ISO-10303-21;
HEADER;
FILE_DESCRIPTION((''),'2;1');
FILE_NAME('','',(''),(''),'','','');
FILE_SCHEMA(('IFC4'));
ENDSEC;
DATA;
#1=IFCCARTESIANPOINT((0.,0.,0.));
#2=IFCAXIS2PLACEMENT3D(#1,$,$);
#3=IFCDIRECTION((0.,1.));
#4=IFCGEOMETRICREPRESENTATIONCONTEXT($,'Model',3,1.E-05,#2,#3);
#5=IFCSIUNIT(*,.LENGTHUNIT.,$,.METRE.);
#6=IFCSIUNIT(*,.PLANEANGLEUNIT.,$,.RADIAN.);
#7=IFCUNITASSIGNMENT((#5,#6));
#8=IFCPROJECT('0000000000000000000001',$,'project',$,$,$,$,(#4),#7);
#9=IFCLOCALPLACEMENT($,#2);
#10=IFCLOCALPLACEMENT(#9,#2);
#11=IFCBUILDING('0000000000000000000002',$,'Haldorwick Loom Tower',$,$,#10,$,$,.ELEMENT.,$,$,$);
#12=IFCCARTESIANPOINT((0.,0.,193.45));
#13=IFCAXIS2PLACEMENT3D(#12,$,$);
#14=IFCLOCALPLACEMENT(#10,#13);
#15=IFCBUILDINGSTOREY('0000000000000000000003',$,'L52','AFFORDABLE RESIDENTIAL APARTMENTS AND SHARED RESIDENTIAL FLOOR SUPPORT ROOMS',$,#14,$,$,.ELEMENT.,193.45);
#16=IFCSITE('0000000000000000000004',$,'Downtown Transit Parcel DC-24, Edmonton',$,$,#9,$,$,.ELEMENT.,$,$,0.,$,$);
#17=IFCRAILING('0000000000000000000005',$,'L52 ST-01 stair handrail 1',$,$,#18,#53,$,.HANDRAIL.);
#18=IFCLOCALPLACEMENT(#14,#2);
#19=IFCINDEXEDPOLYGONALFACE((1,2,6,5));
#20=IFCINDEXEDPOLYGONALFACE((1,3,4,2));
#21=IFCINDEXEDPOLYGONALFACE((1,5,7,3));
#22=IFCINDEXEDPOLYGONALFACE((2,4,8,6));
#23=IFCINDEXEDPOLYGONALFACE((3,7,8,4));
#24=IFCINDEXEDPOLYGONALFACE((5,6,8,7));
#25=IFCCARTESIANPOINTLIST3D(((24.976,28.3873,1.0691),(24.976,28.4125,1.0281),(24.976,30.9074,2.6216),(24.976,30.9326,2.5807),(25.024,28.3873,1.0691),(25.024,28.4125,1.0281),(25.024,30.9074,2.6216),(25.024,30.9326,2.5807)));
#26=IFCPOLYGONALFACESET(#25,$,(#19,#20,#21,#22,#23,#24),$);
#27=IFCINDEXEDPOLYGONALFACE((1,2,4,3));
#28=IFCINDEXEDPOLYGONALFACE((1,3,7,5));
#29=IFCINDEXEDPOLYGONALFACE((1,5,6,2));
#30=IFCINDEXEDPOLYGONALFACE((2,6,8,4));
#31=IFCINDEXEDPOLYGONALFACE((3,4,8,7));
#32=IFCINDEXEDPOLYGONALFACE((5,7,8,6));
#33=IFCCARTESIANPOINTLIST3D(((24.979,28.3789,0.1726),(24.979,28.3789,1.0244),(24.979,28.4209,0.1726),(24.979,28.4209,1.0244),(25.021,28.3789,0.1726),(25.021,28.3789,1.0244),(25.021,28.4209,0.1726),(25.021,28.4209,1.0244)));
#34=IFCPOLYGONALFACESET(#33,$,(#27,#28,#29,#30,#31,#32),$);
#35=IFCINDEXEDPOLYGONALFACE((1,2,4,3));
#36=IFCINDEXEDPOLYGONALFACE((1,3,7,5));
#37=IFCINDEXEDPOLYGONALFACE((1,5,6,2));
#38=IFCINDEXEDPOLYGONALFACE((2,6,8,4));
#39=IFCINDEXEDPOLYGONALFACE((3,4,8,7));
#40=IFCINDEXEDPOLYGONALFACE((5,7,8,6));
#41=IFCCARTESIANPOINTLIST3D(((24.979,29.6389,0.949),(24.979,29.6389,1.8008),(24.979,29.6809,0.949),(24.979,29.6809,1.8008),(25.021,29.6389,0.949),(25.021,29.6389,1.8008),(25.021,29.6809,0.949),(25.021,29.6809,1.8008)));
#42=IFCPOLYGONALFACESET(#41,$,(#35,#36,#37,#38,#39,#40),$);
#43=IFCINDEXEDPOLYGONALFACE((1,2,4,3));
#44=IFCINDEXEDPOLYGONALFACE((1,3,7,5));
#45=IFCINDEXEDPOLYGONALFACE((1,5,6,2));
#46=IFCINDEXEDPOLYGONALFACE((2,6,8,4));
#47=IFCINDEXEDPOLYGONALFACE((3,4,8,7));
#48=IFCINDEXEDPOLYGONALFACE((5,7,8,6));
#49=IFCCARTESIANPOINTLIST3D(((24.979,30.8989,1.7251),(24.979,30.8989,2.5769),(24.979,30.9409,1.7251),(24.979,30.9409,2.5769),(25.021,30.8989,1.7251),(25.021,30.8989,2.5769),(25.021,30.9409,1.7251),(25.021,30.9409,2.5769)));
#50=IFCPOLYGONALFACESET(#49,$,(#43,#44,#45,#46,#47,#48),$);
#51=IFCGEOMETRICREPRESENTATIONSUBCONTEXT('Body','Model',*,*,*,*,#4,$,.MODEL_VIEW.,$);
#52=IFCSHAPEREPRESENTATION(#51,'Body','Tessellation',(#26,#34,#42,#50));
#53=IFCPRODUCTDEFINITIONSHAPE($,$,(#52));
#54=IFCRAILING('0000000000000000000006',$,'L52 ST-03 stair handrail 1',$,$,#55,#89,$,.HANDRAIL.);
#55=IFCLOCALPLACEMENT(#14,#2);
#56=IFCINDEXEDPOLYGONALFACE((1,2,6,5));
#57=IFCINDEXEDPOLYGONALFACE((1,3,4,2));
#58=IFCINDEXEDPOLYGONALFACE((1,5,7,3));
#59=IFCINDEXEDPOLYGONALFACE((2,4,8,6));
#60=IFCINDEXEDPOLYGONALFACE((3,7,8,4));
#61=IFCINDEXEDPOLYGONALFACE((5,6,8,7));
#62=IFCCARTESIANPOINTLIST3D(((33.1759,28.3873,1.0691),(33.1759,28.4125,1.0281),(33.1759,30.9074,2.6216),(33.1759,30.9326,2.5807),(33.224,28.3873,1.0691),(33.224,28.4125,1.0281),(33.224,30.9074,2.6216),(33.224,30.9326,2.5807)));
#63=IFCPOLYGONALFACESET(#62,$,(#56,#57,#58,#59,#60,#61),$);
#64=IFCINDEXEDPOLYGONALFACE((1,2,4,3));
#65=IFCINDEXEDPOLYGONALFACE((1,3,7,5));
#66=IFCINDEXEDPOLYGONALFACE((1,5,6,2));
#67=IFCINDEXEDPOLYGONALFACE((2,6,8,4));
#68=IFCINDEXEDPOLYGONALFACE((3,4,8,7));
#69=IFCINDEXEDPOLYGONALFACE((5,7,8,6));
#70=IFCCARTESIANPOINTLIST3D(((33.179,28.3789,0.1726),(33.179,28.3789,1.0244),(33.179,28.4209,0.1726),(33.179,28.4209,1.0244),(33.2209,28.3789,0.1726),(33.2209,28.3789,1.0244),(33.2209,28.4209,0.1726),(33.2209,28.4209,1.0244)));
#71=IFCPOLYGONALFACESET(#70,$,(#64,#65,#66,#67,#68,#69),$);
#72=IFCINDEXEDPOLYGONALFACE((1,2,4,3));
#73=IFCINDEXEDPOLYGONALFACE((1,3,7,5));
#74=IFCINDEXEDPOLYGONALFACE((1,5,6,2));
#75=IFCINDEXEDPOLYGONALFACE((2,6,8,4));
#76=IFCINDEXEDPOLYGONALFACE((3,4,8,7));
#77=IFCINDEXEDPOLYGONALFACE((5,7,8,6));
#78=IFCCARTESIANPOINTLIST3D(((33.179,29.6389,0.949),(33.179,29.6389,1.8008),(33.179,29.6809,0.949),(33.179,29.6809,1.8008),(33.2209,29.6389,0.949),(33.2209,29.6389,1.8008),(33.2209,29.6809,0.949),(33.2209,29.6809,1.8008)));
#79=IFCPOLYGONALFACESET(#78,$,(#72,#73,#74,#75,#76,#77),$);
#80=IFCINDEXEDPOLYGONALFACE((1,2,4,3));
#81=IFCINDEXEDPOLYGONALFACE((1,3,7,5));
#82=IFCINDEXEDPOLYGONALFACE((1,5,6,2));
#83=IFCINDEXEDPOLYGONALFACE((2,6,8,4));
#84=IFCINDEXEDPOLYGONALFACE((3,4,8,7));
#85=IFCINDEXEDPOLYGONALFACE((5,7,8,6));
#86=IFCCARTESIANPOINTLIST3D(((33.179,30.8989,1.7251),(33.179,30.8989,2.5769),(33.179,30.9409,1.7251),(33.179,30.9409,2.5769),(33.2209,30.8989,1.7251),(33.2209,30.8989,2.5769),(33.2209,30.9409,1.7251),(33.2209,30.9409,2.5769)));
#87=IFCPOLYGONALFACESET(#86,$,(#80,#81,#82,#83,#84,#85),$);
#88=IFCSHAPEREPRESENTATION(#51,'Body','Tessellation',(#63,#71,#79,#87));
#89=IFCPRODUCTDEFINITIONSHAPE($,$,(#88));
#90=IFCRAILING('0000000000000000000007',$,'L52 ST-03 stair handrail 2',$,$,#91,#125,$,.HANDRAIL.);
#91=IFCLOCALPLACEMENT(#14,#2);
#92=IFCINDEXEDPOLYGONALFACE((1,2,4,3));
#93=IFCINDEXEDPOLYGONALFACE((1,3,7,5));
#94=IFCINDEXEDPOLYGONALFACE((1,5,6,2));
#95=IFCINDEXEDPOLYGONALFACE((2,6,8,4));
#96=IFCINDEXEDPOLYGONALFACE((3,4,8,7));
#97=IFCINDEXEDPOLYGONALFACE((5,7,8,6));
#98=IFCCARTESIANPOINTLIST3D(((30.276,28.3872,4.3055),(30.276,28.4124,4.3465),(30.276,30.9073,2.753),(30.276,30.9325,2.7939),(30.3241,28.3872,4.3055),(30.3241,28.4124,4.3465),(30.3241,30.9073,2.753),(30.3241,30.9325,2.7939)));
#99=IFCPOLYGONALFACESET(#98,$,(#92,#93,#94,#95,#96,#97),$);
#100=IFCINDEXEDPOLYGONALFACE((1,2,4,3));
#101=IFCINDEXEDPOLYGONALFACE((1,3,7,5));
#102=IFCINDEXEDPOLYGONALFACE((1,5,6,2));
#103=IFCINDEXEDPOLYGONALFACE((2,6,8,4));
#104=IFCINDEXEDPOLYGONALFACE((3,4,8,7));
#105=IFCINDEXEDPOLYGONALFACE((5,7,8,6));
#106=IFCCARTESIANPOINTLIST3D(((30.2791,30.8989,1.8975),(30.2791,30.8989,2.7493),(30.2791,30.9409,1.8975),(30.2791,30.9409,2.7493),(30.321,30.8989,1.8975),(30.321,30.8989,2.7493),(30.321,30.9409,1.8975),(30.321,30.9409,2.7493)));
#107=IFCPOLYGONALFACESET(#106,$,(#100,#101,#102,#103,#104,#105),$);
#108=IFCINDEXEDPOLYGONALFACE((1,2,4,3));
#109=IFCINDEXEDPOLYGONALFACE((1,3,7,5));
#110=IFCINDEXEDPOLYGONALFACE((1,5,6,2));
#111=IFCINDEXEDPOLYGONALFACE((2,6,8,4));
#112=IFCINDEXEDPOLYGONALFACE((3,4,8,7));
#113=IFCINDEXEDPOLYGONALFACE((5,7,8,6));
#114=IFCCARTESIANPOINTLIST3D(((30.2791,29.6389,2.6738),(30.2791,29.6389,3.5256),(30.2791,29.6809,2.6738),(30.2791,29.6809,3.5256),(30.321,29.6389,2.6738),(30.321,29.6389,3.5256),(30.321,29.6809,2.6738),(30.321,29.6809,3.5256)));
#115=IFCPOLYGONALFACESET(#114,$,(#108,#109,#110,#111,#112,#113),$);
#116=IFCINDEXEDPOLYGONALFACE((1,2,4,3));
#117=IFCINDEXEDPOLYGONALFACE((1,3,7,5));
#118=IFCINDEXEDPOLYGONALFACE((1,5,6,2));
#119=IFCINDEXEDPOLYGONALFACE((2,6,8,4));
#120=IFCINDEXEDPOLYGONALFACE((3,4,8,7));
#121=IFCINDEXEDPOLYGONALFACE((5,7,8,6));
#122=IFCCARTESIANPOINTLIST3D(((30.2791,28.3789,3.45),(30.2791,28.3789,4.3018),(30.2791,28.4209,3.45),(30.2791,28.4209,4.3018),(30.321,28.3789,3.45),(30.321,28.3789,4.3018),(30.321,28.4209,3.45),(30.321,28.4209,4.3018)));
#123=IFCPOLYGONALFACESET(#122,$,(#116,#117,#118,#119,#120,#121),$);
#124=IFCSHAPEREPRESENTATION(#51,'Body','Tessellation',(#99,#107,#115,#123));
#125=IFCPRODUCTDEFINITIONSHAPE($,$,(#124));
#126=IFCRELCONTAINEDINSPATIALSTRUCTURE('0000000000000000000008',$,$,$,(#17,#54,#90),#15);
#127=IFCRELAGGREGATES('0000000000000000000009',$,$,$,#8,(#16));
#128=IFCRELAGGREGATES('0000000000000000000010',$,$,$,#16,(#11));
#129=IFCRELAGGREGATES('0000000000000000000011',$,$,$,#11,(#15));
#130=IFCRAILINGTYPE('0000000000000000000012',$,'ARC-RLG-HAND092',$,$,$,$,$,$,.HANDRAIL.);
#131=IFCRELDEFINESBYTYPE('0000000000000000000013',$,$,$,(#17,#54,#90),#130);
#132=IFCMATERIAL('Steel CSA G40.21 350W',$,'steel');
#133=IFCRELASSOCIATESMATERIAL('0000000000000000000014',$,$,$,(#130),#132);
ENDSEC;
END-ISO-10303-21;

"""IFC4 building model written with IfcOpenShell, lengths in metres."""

from ifc_helpers import new_model, si_unit, direction, frame, origin, origin_2d, place, context, subcontext, project, spatial, rectangle, extrude, material, type_object, element, save


model = new_model("IFC4")

# Units and contexts
model_context = context("Model", 3, precision=1e-05, world=origin(), true_north=direction((0.0, 1.0)))
body_context = subcontext(model_context, "Body", "Model", "MODEL_VIEW")
ifc_project = project(units=[si_unit("LENGTHUNIT", "METRE"), si_unit("PLANEANGLEUNIT", "RADIAN")], contexts=[model_context])

# Site, building, storey
site_placement = place(None, origin())
site = spatial("IfcSite", under=ifc_project, at=site_placement, Name="Downtown Transit Parcel DC-24, Edmonton", CompositionType="ELEMENT", RefElevation=0.0)
building_placement = place(site_placement, origin())
building = spatial("IfcBuilding", under=site, at=building_placement, Name="Haldorwick Loom Tower", CompositionType="ELEMENT")
storey_placement = place(building_placement, frame((0.0, 0.0, 193.45)))
storey = spatial("IfcBuildingStorey", under=building, at=storey_placement, Name="L52", Description="AFFORDABLE RESIDENTIAL APARTMENTS AND SHARED RESIDENTIAL FLOOR SUPPORT ROOMS", CompositionType="ELEMENT", Elevation=193.45)

# Shared definitions
ifc_material_1 = material(Name="Steel CSA G40.21 350W", Category="steel")

# Railings
railing_type_1 = type_object("IfcRailingType", Name="ARC-RLG-HAND092", PredefinedType="HANDRAIL", material=ifc_material_1)
for number, where, name in (
    (1, (25.0, 28.3999, 0.1726), "L52 ST-01 stair handrail 1"),
    (2, (33.2, 28.3999, 0.1726), "L52 ST-03 stair handrail 1"),
):
    element("IfcRailing", number, at=place(storey_placement, frame(where)), inside=storey, type_object=railing_type_1, Name=name, PredefinedType="HANDRAIL", context=body_context, shape_type="SweptSolid", body=[
        extrude(rectangle(XDim=0.0481, YDim=0.0481, at=origin_2d()), frame((0.0, 0.0, 0.876), z_axis=(0.0, 0.8514, 0.524516), x_axis=(-1.0, 0.0, 0.0)), (0.0, 0.0, 1.0), 2.96),
        extrude(rectangle(XDim=0.042, YDim=0.042, at=origin_2d()), origin(), (0.0, 0.0, 1.0), 0.8518),
        extrude(rectangle(XDim=0.042, YDim=0.042, at=origin_2d()), frame((0.0, 1.26, 0.7764)), (0.0, 0.0, 1.0), 0.8518),
        extrude(rectangle(XDim=0.042, YDim=0.042, at=origin_2d()), frame((0.0, 2.52, 1.5525)), (0.0, 0.0, 1.0), 0.8518),
    ])
railing_1_placement = place(storey_placement, frame((30.3, 30.9199, 1.8975)))
element("IfcRailing", 3, at=railing_1_placement, inside=storey, type_object=railing_type_1, Name="L52 ST-03 stair handrail 2", PredefinedType="HANDRAIL", context=body_context, shape_type="SweptSolid", body=[
    extrude(rectangle(XDim=0.0481, YDim=0.0481, at=origin_2d()), frame((0.0, 0.0, 0.876), z_axis=(0.0, -0.8514, 0.524516), x_axis=(1.0, 0.0, 0.0)), (0.0, 0.0, 1.0), 2.96),
    extrude(rectangle(XDim=0.042, YDim=0.042, at=origin_2d()), origin(), (0.0, 0.0, 1.0), 0.8518),
    extrude(rectangle(XDim=0.042, YDim=0.042, at=origin_2d()), frame((0.0, -1.26, 0.7764)), (0.0, 0.0, 1.0), 0.8518),
    extrude(rectangle(XDim=0.042, YDim=0.042, at=origin_2d()), frame((0.0, -2.52, 1.5525)), (0.0, 0.0, 1.0), 0.8518),
])

save(model, "model.ifc")
